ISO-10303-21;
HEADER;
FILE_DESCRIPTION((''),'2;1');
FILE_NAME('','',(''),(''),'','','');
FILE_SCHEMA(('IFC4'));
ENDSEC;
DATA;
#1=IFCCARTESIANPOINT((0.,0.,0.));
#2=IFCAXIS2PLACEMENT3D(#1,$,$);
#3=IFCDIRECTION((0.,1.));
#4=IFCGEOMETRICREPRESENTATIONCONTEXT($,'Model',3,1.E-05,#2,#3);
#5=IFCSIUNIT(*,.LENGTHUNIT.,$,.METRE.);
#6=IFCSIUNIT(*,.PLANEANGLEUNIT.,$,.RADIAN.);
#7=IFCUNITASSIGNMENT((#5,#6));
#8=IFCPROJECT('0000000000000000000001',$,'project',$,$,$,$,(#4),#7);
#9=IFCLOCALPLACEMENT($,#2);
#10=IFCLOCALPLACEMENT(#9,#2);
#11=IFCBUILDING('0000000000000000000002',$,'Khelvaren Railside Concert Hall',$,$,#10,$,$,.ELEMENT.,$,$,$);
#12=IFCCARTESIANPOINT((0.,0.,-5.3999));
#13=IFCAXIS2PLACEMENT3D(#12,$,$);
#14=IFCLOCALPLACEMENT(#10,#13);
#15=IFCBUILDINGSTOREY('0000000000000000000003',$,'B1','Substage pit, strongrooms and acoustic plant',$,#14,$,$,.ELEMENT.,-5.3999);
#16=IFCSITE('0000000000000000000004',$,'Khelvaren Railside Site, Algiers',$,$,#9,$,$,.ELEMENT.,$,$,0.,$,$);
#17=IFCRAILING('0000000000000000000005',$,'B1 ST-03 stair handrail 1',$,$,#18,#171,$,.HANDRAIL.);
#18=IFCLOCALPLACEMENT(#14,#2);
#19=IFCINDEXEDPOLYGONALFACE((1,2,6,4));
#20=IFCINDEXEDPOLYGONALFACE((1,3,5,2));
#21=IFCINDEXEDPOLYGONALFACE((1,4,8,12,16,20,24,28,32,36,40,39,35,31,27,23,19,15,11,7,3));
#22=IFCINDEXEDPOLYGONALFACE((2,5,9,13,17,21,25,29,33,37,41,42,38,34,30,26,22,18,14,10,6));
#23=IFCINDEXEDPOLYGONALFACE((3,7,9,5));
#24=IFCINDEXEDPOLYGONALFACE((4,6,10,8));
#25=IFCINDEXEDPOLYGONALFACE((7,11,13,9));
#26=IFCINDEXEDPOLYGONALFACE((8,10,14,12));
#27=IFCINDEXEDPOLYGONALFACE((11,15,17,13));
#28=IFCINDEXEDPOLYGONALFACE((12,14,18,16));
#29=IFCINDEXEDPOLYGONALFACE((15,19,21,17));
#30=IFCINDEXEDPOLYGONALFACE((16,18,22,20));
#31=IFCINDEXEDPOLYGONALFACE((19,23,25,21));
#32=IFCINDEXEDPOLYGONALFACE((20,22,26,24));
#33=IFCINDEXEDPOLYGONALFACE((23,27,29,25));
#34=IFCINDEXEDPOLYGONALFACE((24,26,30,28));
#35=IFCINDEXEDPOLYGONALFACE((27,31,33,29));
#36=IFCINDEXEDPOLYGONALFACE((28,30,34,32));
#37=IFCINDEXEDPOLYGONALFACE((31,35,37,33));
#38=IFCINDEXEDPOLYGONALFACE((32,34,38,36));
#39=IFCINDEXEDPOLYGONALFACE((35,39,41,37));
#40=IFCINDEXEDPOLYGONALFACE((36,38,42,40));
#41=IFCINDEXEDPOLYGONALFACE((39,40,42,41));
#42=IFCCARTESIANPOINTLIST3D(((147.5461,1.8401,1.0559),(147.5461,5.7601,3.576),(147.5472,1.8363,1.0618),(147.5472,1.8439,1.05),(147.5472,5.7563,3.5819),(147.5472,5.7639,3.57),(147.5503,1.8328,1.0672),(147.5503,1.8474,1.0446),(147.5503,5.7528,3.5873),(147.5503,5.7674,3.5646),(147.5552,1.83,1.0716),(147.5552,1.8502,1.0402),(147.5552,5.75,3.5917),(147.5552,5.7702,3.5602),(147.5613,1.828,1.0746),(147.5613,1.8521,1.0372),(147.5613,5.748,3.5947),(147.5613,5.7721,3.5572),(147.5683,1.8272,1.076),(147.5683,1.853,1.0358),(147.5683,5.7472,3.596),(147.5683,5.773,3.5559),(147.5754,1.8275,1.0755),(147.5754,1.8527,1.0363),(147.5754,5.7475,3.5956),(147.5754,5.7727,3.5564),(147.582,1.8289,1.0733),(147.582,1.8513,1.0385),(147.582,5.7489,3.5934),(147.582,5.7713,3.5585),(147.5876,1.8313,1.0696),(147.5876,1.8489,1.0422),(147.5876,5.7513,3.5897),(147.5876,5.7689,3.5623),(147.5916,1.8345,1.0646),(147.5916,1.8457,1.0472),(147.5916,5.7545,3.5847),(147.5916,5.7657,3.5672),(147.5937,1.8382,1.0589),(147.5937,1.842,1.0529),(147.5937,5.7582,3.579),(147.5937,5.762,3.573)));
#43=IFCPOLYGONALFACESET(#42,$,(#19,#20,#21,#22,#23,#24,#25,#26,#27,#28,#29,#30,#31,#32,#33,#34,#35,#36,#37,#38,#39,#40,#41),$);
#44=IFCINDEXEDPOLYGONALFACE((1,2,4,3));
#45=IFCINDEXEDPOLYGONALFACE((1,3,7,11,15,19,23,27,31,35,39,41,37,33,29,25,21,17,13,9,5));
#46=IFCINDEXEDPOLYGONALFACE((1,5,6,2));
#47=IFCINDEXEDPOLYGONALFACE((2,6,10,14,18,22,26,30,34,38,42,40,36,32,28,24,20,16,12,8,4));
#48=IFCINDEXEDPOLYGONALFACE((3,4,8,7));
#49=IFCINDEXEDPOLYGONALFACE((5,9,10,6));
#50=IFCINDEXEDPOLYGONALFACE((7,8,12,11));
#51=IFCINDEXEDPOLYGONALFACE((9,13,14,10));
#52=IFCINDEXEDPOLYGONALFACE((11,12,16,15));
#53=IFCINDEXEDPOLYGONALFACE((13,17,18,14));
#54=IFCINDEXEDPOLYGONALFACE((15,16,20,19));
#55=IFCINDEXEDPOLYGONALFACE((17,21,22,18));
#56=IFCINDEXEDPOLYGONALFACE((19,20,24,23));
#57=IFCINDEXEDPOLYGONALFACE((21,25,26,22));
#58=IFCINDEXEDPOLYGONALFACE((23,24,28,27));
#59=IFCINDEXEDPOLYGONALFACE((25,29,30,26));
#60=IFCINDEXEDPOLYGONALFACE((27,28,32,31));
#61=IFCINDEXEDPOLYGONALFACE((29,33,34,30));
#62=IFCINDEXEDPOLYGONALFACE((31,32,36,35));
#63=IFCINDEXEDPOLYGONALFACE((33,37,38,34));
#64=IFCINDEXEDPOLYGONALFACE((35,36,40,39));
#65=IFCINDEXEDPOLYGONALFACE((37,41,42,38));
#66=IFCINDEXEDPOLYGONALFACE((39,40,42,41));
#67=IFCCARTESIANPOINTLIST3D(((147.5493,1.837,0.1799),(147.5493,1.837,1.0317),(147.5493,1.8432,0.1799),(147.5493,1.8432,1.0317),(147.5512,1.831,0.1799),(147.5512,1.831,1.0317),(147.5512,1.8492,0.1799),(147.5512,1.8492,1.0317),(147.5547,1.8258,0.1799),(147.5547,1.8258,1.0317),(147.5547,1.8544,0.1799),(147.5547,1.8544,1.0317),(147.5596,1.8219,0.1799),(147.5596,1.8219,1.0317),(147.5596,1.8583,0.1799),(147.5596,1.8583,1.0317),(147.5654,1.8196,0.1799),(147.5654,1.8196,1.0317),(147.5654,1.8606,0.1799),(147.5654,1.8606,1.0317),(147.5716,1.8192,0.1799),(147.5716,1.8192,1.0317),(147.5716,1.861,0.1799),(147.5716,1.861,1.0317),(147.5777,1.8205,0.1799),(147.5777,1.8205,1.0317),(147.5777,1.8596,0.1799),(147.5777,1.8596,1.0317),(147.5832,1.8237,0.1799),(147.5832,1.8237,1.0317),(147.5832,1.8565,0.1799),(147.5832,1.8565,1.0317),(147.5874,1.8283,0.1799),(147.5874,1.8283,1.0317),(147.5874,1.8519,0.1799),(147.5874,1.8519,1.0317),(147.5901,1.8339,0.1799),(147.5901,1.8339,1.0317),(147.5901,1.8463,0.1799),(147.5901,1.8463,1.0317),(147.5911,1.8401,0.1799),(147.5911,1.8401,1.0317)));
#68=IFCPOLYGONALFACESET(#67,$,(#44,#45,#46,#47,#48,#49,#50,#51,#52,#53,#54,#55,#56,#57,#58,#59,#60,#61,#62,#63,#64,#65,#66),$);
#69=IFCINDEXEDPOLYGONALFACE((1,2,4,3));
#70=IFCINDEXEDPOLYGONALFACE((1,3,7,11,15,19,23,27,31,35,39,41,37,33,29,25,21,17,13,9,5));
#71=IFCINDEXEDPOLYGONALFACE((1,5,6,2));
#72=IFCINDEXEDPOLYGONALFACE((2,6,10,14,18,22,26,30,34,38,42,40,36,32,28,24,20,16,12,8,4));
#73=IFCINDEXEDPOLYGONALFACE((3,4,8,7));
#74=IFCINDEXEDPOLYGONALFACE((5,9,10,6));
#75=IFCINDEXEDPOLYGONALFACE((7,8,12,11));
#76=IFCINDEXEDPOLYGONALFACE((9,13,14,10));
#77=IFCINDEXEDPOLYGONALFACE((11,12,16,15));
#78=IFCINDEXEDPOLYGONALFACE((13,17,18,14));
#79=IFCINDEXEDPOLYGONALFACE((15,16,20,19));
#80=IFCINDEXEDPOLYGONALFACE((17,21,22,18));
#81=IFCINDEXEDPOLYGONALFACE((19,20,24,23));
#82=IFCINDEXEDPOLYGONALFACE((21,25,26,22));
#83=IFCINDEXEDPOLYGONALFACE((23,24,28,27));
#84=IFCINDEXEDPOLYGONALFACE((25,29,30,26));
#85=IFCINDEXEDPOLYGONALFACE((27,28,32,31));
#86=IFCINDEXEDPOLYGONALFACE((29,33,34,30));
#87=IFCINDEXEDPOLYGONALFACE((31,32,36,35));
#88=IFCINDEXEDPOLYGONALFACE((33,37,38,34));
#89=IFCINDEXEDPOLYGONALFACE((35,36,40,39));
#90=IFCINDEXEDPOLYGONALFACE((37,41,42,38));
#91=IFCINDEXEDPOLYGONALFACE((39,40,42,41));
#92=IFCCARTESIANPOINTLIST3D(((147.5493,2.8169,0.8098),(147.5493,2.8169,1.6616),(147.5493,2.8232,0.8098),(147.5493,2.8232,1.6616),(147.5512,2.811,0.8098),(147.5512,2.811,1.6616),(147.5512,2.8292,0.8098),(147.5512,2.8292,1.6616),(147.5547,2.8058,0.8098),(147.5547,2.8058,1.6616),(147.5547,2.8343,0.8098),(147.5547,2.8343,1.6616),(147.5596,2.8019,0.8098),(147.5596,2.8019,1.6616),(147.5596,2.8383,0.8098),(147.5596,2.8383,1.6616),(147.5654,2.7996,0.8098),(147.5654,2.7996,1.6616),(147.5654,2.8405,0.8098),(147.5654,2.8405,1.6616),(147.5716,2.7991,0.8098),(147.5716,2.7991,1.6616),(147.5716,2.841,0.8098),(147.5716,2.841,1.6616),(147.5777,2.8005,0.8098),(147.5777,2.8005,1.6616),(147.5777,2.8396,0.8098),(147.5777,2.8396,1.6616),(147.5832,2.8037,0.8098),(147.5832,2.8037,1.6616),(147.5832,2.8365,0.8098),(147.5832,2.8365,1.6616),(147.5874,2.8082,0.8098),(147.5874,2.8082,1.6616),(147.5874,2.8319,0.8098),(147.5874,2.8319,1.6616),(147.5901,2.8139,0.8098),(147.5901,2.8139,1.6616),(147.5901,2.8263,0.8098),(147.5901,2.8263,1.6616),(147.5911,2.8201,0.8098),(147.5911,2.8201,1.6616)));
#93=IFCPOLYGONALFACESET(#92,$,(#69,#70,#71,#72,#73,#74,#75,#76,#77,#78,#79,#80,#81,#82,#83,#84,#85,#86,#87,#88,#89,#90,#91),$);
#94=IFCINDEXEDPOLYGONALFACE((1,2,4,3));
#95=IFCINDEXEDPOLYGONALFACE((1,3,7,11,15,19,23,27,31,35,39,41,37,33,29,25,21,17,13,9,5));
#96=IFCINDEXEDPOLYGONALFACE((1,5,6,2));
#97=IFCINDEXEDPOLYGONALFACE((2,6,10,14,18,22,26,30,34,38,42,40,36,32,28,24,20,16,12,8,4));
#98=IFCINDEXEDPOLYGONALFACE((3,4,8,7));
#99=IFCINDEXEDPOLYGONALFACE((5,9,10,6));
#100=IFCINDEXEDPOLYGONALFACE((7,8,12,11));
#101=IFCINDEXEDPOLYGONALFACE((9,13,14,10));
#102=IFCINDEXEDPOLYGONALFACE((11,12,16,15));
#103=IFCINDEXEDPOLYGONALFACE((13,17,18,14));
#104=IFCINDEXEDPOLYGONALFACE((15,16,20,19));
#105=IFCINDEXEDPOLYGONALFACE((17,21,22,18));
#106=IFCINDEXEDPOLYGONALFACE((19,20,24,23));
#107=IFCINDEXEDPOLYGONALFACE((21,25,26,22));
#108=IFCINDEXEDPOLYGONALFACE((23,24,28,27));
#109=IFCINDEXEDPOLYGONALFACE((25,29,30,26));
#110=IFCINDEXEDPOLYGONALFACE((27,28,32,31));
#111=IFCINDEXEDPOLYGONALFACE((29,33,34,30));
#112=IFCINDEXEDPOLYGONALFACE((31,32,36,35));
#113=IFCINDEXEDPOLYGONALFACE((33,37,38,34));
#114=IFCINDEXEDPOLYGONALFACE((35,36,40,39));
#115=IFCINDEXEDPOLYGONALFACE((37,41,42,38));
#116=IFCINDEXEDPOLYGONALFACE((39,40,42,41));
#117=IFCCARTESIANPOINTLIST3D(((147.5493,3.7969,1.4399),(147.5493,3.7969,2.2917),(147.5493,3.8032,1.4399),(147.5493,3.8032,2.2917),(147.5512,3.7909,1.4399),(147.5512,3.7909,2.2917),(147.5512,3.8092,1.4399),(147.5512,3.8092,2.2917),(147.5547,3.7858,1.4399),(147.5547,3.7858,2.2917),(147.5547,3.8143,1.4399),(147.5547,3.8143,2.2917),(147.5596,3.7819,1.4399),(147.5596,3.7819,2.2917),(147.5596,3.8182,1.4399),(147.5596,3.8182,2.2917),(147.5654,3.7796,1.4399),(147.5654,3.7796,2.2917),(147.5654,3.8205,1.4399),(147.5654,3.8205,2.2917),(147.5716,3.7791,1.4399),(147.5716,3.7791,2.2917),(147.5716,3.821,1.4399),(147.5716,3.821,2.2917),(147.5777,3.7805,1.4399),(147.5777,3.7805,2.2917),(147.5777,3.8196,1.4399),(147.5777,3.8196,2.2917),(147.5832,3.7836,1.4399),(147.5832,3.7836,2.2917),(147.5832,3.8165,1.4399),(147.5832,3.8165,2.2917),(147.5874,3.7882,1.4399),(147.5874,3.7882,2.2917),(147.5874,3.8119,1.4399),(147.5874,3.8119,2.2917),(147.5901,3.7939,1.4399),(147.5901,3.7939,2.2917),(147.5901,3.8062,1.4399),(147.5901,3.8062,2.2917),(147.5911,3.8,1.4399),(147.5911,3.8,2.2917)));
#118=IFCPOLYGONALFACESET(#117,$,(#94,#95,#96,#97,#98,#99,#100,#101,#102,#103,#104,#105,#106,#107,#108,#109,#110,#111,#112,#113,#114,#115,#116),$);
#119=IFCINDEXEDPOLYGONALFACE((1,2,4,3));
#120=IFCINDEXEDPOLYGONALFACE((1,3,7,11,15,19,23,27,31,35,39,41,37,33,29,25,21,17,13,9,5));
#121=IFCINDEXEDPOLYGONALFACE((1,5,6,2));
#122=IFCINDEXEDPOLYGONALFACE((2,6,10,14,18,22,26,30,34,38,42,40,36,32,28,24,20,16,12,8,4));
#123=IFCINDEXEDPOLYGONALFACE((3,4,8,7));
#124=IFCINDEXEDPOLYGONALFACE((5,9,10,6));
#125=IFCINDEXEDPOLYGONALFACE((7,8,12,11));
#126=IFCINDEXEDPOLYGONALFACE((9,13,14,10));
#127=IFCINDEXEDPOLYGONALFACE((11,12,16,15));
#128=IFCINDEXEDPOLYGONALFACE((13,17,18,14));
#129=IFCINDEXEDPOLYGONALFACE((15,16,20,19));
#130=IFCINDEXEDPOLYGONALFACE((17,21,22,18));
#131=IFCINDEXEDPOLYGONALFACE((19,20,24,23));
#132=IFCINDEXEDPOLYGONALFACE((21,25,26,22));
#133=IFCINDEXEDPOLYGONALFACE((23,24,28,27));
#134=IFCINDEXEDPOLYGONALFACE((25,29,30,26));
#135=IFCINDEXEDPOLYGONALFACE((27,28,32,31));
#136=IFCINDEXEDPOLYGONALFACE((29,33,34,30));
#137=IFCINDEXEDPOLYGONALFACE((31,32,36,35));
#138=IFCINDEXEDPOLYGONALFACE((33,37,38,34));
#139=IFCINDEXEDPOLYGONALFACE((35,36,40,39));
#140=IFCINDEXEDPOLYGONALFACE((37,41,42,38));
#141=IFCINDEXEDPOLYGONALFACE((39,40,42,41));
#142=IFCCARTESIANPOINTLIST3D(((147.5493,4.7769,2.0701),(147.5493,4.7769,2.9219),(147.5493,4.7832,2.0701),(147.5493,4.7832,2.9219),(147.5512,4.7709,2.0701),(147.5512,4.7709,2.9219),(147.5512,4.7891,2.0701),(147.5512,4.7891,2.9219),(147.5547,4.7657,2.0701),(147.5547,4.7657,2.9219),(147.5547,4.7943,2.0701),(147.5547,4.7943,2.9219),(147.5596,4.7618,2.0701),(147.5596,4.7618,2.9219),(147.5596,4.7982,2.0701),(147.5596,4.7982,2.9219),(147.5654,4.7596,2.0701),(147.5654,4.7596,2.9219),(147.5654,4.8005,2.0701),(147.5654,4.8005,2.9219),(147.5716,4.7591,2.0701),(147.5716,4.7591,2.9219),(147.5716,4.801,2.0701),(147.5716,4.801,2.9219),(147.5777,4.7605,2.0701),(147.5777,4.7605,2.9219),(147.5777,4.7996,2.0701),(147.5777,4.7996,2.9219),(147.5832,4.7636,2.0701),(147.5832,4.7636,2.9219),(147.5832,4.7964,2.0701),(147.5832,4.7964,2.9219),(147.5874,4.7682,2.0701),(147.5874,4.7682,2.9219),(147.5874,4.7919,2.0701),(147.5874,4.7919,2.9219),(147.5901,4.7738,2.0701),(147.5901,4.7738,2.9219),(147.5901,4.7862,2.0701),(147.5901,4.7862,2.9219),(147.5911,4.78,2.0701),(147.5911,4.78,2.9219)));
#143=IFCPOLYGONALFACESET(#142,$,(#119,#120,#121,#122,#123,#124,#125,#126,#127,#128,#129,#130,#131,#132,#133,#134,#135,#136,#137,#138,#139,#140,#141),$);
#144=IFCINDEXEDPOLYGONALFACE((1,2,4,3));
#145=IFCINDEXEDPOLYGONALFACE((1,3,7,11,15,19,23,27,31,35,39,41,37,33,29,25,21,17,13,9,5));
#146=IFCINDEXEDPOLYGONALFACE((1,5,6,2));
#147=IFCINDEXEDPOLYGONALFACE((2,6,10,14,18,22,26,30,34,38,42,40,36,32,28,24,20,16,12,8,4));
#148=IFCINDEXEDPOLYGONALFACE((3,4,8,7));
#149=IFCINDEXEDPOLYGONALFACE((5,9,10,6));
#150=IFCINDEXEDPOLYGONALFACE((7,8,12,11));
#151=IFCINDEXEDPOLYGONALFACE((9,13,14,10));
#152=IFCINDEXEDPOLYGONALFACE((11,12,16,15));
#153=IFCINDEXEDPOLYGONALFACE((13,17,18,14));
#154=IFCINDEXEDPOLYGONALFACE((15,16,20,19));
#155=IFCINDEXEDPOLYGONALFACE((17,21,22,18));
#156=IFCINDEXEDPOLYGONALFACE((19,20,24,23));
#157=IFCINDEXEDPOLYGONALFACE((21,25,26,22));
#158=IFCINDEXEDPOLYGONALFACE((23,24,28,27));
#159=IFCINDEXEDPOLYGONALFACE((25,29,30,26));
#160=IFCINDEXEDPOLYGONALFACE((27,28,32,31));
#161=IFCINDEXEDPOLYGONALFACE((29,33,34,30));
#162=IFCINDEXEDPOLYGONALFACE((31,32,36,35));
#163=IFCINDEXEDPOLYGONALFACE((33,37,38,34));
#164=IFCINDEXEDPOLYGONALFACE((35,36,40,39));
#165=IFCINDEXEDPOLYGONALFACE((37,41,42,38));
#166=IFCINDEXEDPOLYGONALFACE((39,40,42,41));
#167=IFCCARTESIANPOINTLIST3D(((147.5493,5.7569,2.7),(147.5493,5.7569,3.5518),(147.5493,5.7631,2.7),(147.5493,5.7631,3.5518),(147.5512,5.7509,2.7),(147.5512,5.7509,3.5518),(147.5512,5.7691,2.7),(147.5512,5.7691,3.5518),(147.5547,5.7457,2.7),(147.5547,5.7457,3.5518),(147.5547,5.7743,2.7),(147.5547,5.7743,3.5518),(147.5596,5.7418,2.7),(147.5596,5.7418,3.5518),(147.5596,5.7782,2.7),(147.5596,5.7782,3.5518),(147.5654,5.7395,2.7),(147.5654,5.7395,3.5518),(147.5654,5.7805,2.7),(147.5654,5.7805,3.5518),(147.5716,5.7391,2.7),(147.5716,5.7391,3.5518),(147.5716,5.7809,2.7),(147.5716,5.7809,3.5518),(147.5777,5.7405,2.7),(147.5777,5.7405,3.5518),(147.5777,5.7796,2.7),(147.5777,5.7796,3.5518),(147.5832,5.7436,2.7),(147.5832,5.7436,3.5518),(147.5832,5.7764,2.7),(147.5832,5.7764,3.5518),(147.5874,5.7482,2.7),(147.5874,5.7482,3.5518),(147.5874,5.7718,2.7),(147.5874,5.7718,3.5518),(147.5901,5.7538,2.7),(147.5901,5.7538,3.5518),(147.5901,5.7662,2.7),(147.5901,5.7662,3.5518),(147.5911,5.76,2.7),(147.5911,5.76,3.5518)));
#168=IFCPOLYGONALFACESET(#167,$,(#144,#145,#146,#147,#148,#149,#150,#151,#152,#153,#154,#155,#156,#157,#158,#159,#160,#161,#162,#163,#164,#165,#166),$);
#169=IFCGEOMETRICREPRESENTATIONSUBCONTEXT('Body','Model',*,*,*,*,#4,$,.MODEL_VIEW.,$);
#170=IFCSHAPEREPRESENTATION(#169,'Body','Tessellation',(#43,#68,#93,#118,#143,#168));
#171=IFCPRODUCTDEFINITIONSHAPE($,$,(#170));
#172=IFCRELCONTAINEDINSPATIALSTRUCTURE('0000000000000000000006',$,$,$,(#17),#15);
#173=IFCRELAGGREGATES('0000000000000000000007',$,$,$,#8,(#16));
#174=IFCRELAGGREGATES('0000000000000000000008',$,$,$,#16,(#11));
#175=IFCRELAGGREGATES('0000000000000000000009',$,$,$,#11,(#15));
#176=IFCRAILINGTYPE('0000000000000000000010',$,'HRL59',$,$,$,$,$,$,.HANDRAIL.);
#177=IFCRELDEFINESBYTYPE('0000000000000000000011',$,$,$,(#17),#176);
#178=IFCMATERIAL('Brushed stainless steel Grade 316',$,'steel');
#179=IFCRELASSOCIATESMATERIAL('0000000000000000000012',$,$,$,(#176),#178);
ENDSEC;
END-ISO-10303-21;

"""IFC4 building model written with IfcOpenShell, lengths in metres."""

from ifc_helpers import new_model, si_unit, direction, frame, origin, origin_2d, place, context, subcontext, project, spatial, circle, extrude, material, type_object, element, save


model = new_model("IFC4")

# Units and contexts
model_context = context("Model", 3, precision=1e-05, world=origin(), true_north=direction((0.0, 1.0)))
body_context = subcontext(model_context, "Body", "Model", "MODEL_VIEW")
ifc_project = project(units=[si_unit("LENGTHUNIT", "METRE"), si_unit("PLANEANGLEUNIT", "RADIAN")], contexts=[model_context])

# Site, building, storey
site_placement = place(None, origin())
site = spatial("IfcSite", under=ifc_project, at=site_placement, Name="Khelvaren Railside Site, Algiers", CompositionType="ELEMENT", RefElevation=0.0)
building_placement = place(site_placement, origin())
building = spatial("IfcBuilding", under=site, at=building_placement, Name="Khelvaren Railside Concert Hall", CompositionType="ELEMENT")
storey_placement = place(building_placement, frame((0.0, 0.0, -5.3999)))
storey = spatial("IfcBuildingStorey", under=building, at=storey_placement, Name="B1", Description="Substage pit, strongrooms and acoustic plant", CompositionType="ELEMENT", Elevation=-5.3999)

# Railing
ifc_material_1 = material(Name="Brushed stainless steel Grade 316", Category="steel")
railing_type_1 = type_object("IfcRailingType", Name="HRL59", PredefinedType="HANDRAIL", material=ifc_material_1)
railing_1_placement = place(storey_placement, frame((147.5701, 1.8401, 0.1799)))
element("IfcRailing", 1, at=railing_1_placement, inside=storey, type_object=railing_type_1, Name="B1 ST-03 stair handrail 1", PredefinedType="HANDRAIL", context=body_context, shape_type="SweptSolid", body=[
    extrude(circle(Radius=0.0239, at=origin_2d()), frame((0.0, 0.0, 0.876), z_axis=(0.0, 0.841172, 0.540768), x_axis=(-1.0, 0.0, 0.0)), (0.0, 0.0, 1.0), 4.6602),
    extrude(circle(Radius=0.021, at=origin_2d()), origin(), (0.0, 0.0, 1.0), 0.8518),
    extrude(circle(Radius=0.021, at=origin_2d()), frame((0.0, 0.98, 0.6299)), (0.0, 0.0, 1.0), 0.8518),
    extrude(circle(Radius=0.021, at=origin_2d()), frame((0.0, 1.96, 1.26)), (0.0, 0.0, 1.0), 0.8518),
    extrude(circle(Radius=0.021, at=origin_2d()), frame((0.0, 2.9399, 1.8901)), (0.0, 0.0, 1.0), 0.8518),
    extrude(circle(Radius=0.021, at=origin_2d()), frame((0.0, 3.9199, 2.52)), (0.0, 0.0, 1.0), 0.8518),
])

save(model, "model.ifc")
